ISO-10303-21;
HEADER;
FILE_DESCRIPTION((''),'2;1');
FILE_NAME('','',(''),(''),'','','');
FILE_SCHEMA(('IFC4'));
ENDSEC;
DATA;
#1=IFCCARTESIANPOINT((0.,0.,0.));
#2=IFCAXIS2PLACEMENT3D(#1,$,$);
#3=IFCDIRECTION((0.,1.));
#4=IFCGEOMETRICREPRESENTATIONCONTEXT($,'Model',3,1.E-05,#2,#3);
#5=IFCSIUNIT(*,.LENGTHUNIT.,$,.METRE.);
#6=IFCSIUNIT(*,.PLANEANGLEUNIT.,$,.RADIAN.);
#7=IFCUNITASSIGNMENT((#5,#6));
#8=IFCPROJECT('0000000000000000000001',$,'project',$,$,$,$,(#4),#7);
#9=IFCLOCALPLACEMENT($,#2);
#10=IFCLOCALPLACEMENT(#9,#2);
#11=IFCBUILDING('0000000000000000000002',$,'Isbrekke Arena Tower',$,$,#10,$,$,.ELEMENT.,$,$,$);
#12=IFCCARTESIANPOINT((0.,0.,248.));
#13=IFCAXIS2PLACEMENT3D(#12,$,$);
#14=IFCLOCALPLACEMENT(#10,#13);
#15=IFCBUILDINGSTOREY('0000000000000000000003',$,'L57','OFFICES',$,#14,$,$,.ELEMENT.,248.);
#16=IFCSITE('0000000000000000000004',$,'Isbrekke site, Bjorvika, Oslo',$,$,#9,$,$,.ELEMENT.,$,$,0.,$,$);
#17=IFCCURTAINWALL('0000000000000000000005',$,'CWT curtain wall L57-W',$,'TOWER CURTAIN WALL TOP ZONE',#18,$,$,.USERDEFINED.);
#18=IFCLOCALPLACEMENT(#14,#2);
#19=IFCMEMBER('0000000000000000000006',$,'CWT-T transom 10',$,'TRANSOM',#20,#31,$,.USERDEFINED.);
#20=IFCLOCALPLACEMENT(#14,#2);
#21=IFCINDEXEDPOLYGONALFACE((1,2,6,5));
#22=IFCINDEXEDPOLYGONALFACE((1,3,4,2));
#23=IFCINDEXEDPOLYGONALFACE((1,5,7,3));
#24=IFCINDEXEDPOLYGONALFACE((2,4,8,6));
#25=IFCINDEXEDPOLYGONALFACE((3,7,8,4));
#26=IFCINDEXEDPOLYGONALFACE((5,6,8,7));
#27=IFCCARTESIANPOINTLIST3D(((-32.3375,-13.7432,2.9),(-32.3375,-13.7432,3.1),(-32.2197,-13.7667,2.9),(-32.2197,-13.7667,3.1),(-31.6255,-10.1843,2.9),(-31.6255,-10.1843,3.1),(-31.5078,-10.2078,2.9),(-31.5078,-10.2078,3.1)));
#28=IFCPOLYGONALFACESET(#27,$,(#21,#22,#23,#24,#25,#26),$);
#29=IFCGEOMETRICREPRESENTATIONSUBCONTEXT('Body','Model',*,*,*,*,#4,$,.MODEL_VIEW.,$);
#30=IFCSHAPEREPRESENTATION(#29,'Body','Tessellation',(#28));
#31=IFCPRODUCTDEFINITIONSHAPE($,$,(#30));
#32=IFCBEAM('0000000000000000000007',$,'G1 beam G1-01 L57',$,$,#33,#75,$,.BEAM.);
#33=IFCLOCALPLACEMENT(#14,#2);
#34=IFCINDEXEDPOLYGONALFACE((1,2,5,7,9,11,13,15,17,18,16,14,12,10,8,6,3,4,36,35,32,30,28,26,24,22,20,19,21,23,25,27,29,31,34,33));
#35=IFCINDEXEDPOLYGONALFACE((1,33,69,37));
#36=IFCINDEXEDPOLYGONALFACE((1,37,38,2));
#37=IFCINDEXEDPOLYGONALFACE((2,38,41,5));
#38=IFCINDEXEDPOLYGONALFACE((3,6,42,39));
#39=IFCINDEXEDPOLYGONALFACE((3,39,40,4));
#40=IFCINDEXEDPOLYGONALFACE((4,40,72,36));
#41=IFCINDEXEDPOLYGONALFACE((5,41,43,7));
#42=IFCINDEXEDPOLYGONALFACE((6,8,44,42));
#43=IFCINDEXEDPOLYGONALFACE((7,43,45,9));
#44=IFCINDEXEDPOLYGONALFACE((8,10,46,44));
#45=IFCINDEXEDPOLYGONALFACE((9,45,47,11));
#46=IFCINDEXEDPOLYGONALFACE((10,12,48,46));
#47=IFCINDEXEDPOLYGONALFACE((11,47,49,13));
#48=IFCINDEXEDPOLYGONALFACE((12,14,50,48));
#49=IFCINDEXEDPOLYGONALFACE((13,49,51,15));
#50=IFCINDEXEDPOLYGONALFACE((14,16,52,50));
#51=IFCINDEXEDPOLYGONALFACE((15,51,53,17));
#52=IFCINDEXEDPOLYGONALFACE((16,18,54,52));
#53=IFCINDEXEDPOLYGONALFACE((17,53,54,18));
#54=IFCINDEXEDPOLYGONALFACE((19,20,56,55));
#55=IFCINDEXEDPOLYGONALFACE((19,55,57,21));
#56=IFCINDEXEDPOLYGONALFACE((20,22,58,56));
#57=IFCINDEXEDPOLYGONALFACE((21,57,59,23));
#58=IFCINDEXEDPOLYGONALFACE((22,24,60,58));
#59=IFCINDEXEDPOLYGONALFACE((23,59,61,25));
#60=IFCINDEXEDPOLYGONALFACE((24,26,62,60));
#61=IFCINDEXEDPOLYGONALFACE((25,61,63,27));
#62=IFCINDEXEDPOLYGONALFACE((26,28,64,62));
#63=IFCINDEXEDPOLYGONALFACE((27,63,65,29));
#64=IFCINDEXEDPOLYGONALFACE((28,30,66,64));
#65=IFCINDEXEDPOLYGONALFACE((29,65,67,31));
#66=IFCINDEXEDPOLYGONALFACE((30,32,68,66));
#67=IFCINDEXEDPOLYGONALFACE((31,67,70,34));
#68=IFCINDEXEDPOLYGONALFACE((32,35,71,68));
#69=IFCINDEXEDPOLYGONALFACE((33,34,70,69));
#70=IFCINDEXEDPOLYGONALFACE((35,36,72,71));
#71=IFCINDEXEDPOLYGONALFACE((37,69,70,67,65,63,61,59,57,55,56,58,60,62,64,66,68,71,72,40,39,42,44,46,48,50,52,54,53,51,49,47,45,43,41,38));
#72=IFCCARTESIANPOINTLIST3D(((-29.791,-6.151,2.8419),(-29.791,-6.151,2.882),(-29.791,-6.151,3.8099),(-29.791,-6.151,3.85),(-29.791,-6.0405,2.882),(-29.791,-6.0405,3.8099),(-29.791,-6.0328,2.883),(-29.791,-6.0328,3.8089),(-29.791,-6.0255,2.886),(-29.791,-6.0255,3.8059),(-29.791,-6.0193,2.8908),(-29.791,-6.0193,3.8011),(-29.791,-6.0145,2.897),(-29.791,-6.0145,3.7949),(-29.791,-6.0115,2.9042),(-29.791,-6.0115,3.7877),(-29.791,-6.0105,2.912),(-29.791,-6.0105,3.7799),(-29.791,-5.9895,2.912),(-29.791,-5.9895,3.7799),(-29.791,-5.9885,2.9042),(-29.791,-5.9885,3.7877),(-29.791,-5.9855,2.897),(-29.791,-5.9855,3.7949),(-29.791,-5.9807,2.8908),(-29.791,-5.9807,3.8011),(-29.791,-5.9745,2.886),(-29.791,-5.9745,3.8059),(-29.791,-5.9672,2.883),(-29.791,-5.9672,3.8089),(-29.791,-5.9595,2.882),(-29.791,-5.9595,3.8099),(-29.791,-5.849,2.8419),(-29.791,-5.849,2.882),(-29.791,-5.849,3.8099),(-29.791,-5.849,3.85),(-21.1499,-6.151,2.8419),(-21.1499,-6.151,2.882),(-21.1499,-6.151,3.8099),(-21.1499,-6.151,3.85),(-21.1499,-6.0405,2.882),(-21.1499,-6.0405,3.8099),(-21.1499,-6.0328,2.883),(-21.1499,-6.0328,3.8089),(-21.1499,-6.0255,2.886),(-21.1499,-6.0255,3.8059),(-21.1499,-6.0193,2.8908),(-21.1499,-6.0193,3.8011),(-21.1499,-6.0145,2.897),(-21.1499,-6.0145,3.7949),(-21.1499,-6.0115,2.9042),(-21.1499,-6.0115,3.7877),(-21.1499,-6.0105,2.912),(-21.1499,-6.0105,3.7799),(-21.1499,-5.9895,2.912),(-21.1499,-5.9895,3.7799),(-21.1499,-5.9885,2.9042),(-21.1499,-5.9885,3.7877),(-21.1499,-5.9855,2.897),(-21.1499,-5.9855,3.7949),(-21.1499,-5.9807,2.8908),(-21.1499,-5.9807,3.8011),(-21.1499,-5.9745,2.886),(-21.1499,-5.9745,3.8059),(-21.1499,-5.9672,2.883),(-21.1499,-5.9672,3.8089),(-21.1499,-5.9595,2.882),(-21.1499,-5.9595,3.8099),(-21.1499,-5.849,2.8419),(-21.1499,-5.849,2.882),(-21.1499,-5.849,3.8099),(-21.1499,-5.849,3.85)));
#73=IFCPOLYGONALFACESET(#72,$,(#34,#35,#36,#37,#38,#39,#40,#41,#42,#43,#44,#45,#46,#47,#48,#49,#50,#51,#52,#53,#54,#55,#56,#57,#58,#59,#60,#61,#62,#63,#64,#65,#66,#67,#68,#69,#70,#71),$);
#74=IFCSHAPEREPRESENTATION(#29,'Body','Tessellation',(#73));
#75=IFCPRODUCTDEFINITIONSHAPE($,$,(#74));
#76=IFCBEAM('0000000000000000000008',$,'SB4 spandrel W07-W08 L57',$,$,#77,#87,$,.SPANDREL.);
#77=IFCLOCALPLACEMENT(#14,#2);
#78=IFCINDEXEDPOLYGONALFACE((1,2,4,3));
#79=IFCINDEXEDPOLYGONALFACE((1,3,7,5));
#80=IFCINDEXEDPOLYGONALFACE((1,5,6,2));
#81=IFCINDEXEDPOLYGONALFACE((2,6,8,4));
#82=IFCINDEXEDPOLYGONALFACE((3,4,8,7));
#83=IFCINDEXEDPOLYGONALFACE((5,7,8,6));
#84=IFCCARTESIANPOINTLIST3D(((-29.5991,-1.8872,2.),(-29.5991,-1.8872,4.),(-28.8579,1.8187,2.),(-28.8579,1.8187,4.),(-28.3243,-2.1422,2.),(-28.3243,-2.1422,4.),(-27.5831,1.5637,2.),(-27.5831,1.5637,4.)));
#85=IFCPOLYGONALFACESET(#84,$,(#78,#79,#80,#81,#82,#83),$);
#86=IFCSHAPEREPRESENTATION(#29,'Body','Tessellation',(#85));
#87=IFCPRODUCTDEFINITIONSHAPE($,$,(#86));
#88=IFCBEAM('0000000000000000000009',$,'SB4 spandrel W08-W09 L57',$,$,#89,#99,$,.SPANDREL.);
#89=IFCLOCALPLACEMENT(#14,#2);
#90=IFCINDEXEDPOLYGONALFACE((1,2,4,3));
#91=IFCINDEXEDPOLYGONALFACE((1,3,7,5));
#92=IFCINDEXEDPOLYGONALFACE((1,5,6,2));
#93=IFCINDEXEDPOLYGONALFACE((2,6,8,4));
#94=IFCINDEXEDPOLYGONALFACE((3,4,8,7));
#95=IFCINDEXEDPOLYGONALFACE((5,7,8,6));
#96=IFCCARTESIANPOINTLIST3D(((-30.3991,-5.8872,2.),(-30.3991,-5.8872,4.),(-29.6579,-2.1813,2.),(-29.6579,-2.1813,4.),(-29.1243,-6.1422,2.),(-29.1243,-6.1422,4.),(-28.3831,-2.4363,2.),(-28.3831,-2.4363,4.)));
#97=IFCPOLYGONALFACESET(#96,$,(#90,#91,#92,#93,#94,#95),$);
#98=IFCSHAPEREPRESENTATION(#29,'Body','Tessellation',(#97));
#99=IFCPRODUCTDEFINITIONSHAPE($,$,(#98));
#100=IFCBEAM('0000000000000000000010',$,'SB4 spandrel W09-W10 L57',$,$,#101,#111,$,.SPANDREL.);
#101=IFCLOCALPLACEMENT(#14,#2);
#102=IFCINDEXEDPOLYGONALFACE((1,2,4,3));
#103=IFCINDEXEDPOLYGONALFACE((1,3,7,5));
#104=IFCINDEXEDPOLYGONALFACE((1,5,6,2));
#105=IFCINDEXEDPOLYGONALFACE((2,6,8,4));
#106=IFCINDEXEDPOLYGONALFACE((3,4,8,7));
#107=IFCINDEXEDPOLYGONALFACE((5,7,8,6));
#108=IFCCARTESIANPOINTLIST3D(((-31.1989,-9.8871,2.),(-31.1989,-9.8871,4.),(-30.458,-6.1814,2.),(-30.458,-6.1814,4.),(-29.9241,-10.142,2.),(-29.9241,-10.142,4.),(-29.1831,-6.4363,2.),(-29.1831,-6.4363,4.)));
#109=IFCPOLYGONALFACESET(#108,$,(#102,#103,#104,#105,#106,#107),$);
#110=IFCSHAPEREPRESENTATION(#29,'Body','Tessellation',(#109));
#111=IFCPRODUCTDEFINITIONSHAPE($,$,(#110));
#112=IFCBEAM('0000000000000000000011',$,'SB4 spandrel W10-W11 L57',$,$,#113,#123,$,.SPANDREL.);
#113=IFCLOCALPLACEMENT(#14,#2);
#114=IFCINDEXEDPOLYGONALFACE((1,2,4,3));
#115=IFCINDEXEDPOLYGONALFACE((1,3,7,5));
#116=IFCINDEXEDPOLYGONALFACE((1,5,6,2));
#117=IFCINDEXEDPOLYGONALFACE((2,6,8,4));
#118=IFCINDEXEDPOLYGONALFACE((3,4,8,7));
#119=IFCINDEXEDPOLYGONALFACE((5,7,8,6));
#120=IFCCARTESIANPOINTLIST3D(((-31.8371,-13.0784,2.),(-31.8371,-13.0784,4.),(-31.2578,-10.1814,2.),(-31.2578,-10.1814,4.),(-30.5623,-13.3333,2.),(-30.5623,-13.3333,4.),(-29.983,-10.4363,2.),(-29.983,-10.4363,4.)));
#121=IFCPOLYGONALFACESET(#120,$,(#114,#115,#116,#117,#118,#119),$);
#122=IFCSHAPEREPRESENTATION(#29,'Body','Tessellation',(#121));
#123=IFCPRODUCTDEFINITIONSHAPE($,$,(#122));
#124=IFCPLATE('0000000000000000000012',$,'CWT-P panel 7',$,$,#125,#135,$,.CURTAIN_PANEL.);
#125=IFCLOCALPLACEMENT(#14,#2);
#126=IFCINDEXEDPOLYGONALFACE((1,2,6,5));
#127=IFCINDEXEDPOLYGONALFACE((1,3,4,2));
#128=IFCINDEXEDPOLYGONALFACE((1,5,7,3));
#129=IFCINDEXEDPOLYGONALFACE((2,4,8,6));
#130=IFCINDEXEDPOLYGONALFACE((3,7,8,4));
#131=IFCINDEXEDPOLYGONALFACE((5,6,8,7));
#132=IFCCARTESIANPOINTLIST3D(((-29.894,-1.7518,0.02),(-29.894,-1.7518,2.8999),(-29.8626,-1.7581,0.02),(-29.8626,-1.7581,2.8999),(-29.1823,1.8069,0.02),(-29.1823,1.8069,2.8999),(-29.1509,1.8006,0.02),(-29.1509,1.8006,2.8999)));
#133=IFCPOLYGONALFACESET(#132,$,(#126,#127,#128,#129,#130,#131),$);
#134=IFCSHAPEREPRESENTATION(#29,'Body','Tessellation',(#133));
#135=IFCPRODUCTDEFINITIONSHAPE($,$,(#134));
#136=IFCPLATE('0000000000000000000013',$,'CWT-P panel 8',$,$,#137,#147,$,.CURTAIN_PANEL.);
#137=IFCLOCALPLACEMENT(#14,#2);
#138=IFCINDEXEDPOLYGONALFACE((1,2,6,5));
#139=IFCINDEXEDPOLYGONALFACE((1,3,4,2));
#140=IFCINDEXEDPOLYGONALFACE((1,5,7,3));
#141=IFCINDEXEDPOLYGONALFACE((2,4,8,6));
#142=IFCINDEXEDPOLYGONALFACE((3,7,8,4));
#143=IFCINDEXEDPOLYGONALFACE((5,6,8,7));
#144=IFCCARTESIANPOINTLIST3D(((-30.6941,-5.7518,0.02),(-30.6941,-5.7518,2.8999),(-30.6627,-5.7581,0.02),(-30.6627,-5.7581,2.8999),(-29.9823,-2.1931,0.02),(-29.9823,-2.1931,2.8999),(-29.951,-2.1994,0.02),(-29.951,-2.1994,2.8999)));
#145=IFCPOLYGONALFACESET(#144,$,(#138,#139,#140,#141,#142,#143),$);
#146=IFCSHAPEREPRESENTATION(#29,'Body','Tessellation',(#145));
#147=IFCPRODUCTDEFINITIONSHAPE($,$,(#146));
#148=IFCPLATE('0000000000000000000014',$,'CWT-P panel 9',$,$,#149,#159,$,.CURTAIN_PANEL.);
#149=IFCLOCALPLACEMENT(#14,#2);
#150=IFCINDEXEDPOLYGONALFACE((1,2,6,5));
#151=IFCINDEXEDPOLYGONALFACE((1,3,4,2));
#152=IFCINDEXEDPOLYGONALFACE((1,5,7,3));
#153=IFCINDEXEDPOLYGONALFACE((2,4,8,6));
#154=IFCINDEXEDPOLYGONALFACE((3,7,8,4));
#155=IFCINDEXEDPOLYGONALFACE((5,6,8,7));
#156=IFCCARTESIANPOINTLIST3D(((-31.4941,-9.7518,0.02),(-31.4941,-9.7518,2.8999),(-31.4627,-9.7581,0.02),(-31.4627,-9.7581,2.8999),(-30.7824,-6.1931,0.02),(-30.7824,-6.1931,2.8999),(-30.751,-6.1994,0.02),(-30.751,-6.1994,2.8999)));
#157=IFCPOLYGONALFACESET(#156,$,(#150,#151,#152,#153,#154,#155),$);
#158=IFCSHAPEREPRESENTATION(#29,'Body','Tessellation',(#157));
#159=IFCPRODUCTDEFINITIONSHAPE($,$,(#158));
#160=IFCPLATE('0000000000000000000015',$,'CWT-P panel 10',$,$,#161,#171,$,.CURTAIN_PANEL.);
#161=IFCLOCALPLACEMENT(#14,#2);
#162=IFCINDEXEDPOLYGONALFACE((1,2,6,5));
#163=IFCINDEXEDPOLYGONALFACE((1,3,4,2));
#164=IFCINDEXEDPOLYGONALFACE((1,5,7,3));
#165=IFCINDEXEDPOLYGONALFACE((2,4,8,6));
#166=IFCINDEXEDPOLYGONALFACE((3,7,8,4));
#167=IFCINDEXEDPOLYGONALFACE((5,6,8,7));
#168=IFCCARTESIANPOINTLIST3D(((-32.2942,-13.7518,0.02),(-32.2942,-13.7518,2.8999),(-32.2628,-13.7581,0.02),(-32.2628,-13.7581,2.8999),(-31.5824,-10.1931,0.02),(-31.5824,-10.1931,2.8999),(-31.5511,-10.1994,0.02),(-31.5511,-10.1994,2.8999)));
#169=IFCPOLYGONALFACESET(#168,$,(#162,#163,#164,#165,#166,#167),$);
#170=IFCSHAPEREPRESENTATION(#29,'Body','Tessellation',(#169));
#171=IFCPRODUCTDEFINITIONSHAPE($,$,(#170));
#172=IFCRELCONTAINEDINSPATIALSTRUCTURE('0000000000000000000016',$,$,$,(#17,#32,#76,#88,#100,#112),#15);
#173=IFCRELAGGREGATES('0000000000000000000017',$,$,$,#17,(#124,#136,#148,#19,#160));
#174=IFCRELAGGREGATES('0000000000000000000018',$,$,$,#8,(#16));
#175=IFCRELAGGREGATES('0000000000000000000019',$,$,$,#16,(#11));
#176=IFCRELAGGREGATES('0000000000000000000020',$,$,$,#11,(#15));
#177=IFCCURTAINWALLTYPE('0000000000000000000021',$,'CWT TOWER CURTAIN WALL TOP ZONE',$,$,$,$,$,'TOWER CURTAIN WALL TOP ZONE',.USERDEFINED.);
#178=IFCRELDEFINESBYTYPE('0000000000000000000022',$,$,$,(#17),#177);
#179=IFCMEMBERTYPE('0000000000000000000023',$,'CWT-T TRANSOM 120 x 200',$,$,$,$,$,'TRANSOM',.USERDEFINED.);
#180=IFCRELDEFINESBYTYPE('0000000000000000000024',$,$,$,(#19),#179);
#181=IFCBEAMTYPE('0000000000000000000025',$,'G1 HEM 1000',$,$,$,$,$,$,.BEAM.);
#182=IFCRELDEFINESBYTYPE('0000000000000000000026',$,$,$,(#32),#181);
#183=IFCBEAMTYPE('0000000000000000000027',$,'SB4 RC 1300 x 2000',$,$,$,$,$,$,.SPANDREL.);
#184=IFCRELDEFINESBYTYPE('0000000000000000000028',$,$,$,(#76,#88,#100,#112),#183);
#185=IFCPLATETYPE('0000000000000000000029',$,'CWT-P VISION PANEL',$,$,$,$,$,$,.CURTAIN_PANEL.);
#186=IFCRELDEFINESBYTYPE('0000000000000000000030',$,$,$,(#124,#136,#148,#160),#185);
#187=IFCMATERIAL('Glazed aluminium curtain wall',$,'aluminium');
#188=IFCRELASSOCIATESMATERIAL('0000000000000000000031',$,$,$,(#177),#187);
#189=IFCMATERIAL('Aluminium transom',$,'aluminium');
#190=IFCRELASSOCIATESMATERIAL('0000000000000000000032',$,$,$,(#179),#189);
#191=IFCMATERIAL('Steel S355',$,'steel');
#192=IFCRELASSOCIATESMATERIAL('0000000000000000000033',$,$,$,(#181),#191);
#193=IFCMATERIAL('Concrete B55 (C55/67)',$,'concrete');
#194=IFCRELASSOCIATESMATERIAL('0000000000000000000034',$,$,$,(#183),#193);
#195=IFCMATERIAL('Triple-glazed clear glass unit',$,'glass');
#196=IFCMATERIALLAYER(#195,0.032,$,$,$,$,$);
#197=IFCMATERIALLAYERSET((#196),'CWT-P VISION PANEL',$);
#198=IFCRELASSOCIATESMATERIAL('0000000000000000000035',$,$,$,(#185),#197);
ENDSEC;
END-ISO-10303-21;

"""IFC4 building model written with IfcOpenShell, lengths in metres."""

from ifc_helpers import new_model, si_unit, direction, frame, origin, origin_2d, place, context, subcontext, project, spatial, rectangle, i_section, extrude, material, layer, layer_set, material_profile, profile_set, type_object, element, aggregate, save


model = new_model("IFC4")

# Units and contexts
model_context = context("Model", 3, precision=1e-05, world=origin(), true_north=direction((0.0, 1.0)))
body_context = subcontext(model_context, "Body", "Model", "MODEL_VIEW")
ifc_project = project(units=[si_unit("LENGTHUNIT", "METRE"), si_unit("PLANEANGLEUNIT", "RADIAN")], contexts=[model_context])

# Site, building, storey
site_placement = place(None, origin())
site = spatial("IfcSite", under=ifc_project, at=site_placement, Name="Isbrekke site, Bjorvika, Oslo", CompositionType="ELEMENT", RefElevation=0.0)
building_placement = place(site_placement, origin())
building = spatial("IfcBuilding", under=site, at=building_placement, Name="Isbrekke Arena Tower", CompositionType="ELEMENT")
storey_placement = place(building_placement, frame((0.0, 0.0, 248.0)))
storey = spatial("IfcBuildingStorey", under=building, at=storey_placement, Name="L57", Description="OFFICES", CompositionType="ELEMENT", Elevation=248.0)

# Curtain wall, member
ifc_material_1 = material(Name="Glazed aluminium curtain wall", Category="aluminium")
curtain_wall_type = type_object("IfcCurtainWallType", Name="CWT TOWER CURTAIN WALL TOP ZONE", ElementType="TOWER CURTAIN WALL TOP ZONE", PredefinedType="USERDEFINED", material=ifc_material_1)
curtain_wall_placement = place(storey_placement, origin())
curtain_wall = element("IfcCurtainWall", 1, at=curtain_wall_placement, inside=storey, type_object=curtain_wall_type, Name="CWT curtain wall L57-W", ObjectType="TOWER CURTAIN WALL TOP ZONE", PredefinedType="USERDEFINED")
ifc_material_2 = material(Name="Aluminium transom", Category="aluminium")
ifc_material_profile_1 = material_profile(ifc_material_2, rectangle(XDim=0.1201, YDim=0.2, at=origin_2d()), Name="TRANSOM 120X200")
ifc_profile_set_1 = profile_set([ifc_material_profile_1], Name="Aluminium transom")
member_type_1 = type_object("IfcMemberType", Name="CWT-T TRANSOM 120 x 200", ElementType="TRANSOM", PredefinedType="USERDEFINED", material=ifc_profile_set_1)
member_1_placement = place(storey_placement, frame((-31.5667, -10.196, 3.0), z_axis=(-0.196155, -0.980573, 0.0), x_axis=(0.980573, -0.196155, 0.0)))
member_1 = element("IfcMember", 2, at=member_1_placement, type_object=member_type_1, Name="CWT-T transom 10", ObjectType="TRANSOM", PredefinedType="USERDEFINED", context=body_context, shape_type="SweptSolid", body=[
    extrude(rectangle(XDim=0.1201, YDim=0.2, at=origin_2d()), origin(), (0.0, 0.0, 1.0), 3.6294),
])

# Beams
ifc_material_3 = material(Name="Steel S355", Category="steel")
ifc_material_profile_2 = material_profile(ifc_material_3, i_section(OverallWidth=0.302, OverallDepth=1.0081, WebThickness=0.021, FlangeThickness=0.04, FilletRadius=0.03, at=origin_2d()), Name="HEM 1000")
ifc_profile_set_2 = profile_set([ifc_material_profile_2], Name="Steel S355")
beam_type_1 = type_object("IfcBeamType", Name="G1 HEM 1000", PredefinedType="BEAM", material=ifc_profile_set_2)
beam_1_placement = place(storey_placement, frame((-29.791, -6.0, 3.3459), z_axis=(1.0, 0.0, 0.0), x_axis=(0.0, 1.0, 0.0)))
element("IfcBeam", 3, at=beam_1_placement, inside=storey, type_object=beam_type_1, Name="G1 beam G1-01 L57", PredefinedType="BEAM", context=body_context, shape_type="SweptSolid", body=[
    extrude(i_section(OverallWidth=0.302, OverallDepth=1.0081, WebThickness=0.021, FlangeThickness=0.04, FilletRadius=0.03, at=origin_2d()), origin(), (0.0, 0.0, 1.0), 8.6411),
])
ifc_material_4 = material(Name="Concrete B55 (C55/67)", Category="concrete")
ifc_material_profile_3 = material_profile(ifc_material_4, rectangle(XDim=1.3, YDim=2.0, at=origin_2d()), Name="RC 1300x2000")
ifc_profile_set_3 = profile_set([ifc_material_profile_3], Name="Concrete B55 (C55/67)")
beam_type_2 = type_object("IfcBeamType", Name="SB4 RC 1300 x 2000", PredefinedType="SPANDREL", material=ifc_profile_set_3)
for number, where, z_axis, x_axis, name in (
    (4, (-28.2205, 1.6912, 3.0), (-0.196129, -0.980578, 0.0), (0.980578, -0.196129, 0.0), "SB4 spandrel W07-W08 L57"),
    (5, (-29.0205, -2.3088, 3.0), (-0.196129, -0.980578, 0.0), (0.980578, -0.196129, 0.0), "SB4 spandrel W08-W09 L57"),
):
    element("IfcBeam", number, at=place(storey_placement, frame(where, z_axis=z_axis, x_axis=x_axis)), inside=storey, type_object=beam_type_2, Name=name, PredefinedType="SPANDREL", context=body_context, shape_type="SweptSolid", body=[
        extrude(rectangle(XDim=1.3, YDim=2.0, at=origin_2d()), origin(), (0.0, 0.0, 1.0), 3.7793),
    ])
beam_2_placement = place(storey_placement, frame((-29.8206, -6.3088, 3.0), z_axis=(-0.196066, -0.980591, 0.0), x_axis=(0.980591, -0.196066, 0.0)))
element("IfcBeam", 6, at=beam_2_placement, inside=storey, type_object=beam_type_2, Name="SB4 spandrel W09-W10 L57", PredefinedType="SPANDREL", context=body_context, shape_type="SweptSolid", body=[
    extrude(rectangle(XDim=1.3, YDim=2.0, at=origin_2d()), origin(), (0.0, 0.0, 1.0), 3.7791),
])
beam_3_placement = place(storey_placement, frame((-30.6204, -10.3088, 3.0), z_axis=(-0.1961, -0.980584, 0.0), x_axis=(0.980584, -0.1961, 0.0)))
element("IfcBeam", 7, at=beam_3_placement, inside=storey, type_object=beam_type_2, Name="SB4 spandrel W10-W11 L57", PredefinedType="SPANDREL", context=body_context, shape_type="SweptSolid", body=[
    extrude(rectangle(XDim=1.3, YDim=2.0, at=origin_2d()), origin(), (0.0, 0.0, 1.0), 2.9543),
])

# Plates
ifc_material_5 = material(Name="Triple-glazed clear glass unit", Category="glass")
ifc_layer_1 = layer(ifc_material_5, 0.032)
ifc_layer_set_1 = layer_set([ifc_layer_1], Name="CWT-P VISION PANEL")
plate_type = type_object("IfcPlateType", Name="CWT-P VISION PANEL", PredefinedType="CURTAIN_PANEL", material=ifc_layer_set_1)
plate_1_placement = place(storey_placement, frame((-29.5225, 0.0244, 0.02), z_axis=(0.0, 0.0, 1.0), x_axis=(-0.196116, -0.980581, 0.0)))
plate_1 = element("IfcPlate", 8, at=plate_1_placement, type_object=plate_type, Name="CWT-P panel 7", PredefinedType="CURTAIN_PANEL", context=body_context, shape_type="SweptSolid", body=[
    extrude(rectangle(XDim=3.6292, YDim=0.032, at=origin_2d()), origin(), (0.0, 0.0, 1.0), 2.8799),
])
plate_2_placement = place(storey_placement, frame((-30.3225, -3.9756, 0.02), z_axis=(0.0, 0.0, 1.0), x_axis=(-0.196116, -0.980581, 0.0)))
plate_2 = element("IfcPlate", 9, at=plate_2_placement, type_object=plate_type, Name="CWT-P panel 8", PredefinedType="CURTAIN_PANEL", context=body_context, shape_type="SweptSolid", body=[
    extrude(rectangle(XDim=3.6292, YDim=0.032, at=origin_2d()), origin(), (0.0, 0.0, 1.0), 2.8799),
])
plate_3_placement = place(storey_placement, frame((-31.1226, -7.9756, 0.02), z_axis=(0.0, 0.0, 1.0), x_axis=(-0.196116, -0.980581, 0.0)))
plate_3 = element("IfcPlate", 10, at=plate_3_placement, type_object=plate_type, Name="CWT-P panel 9", PredefinedType="CURTAIN_PANEL", context=body_context, shape_type="SweptSolid", body=[
    extrude(rectangle(XDim=3.6292, YDim=0.032, at=origin_2d()), origin(), (0.0, 0.0, 1.0), 2.8799),
])
plate_4_placement = place(storey_placement, frame((-31.9226, -11.9756, 0.02), z_axis=(0.0, 0.0, 1.0), x_axis=(-0.196116, -0.980581, 0.0)))
plate_4 = element("IfcPlate", 11, at=plate_4_placement, type_object=plate_type, Name="CWT-P panel 10", PredefinedType="CURTAIN_PANEL", context=body_context, shape_type="SweptSolid", body=[
    extrude(rectangle(XDim=3.6292, YDim=0.032, at=origin_2d()), origin(), (0.0, 0.0, 1.0), 2.8799),
])
aggregate(curtain_wall, [plate_1, plate_2, plate_3, member_1, plate_4])

save(model, "model.ifc")
